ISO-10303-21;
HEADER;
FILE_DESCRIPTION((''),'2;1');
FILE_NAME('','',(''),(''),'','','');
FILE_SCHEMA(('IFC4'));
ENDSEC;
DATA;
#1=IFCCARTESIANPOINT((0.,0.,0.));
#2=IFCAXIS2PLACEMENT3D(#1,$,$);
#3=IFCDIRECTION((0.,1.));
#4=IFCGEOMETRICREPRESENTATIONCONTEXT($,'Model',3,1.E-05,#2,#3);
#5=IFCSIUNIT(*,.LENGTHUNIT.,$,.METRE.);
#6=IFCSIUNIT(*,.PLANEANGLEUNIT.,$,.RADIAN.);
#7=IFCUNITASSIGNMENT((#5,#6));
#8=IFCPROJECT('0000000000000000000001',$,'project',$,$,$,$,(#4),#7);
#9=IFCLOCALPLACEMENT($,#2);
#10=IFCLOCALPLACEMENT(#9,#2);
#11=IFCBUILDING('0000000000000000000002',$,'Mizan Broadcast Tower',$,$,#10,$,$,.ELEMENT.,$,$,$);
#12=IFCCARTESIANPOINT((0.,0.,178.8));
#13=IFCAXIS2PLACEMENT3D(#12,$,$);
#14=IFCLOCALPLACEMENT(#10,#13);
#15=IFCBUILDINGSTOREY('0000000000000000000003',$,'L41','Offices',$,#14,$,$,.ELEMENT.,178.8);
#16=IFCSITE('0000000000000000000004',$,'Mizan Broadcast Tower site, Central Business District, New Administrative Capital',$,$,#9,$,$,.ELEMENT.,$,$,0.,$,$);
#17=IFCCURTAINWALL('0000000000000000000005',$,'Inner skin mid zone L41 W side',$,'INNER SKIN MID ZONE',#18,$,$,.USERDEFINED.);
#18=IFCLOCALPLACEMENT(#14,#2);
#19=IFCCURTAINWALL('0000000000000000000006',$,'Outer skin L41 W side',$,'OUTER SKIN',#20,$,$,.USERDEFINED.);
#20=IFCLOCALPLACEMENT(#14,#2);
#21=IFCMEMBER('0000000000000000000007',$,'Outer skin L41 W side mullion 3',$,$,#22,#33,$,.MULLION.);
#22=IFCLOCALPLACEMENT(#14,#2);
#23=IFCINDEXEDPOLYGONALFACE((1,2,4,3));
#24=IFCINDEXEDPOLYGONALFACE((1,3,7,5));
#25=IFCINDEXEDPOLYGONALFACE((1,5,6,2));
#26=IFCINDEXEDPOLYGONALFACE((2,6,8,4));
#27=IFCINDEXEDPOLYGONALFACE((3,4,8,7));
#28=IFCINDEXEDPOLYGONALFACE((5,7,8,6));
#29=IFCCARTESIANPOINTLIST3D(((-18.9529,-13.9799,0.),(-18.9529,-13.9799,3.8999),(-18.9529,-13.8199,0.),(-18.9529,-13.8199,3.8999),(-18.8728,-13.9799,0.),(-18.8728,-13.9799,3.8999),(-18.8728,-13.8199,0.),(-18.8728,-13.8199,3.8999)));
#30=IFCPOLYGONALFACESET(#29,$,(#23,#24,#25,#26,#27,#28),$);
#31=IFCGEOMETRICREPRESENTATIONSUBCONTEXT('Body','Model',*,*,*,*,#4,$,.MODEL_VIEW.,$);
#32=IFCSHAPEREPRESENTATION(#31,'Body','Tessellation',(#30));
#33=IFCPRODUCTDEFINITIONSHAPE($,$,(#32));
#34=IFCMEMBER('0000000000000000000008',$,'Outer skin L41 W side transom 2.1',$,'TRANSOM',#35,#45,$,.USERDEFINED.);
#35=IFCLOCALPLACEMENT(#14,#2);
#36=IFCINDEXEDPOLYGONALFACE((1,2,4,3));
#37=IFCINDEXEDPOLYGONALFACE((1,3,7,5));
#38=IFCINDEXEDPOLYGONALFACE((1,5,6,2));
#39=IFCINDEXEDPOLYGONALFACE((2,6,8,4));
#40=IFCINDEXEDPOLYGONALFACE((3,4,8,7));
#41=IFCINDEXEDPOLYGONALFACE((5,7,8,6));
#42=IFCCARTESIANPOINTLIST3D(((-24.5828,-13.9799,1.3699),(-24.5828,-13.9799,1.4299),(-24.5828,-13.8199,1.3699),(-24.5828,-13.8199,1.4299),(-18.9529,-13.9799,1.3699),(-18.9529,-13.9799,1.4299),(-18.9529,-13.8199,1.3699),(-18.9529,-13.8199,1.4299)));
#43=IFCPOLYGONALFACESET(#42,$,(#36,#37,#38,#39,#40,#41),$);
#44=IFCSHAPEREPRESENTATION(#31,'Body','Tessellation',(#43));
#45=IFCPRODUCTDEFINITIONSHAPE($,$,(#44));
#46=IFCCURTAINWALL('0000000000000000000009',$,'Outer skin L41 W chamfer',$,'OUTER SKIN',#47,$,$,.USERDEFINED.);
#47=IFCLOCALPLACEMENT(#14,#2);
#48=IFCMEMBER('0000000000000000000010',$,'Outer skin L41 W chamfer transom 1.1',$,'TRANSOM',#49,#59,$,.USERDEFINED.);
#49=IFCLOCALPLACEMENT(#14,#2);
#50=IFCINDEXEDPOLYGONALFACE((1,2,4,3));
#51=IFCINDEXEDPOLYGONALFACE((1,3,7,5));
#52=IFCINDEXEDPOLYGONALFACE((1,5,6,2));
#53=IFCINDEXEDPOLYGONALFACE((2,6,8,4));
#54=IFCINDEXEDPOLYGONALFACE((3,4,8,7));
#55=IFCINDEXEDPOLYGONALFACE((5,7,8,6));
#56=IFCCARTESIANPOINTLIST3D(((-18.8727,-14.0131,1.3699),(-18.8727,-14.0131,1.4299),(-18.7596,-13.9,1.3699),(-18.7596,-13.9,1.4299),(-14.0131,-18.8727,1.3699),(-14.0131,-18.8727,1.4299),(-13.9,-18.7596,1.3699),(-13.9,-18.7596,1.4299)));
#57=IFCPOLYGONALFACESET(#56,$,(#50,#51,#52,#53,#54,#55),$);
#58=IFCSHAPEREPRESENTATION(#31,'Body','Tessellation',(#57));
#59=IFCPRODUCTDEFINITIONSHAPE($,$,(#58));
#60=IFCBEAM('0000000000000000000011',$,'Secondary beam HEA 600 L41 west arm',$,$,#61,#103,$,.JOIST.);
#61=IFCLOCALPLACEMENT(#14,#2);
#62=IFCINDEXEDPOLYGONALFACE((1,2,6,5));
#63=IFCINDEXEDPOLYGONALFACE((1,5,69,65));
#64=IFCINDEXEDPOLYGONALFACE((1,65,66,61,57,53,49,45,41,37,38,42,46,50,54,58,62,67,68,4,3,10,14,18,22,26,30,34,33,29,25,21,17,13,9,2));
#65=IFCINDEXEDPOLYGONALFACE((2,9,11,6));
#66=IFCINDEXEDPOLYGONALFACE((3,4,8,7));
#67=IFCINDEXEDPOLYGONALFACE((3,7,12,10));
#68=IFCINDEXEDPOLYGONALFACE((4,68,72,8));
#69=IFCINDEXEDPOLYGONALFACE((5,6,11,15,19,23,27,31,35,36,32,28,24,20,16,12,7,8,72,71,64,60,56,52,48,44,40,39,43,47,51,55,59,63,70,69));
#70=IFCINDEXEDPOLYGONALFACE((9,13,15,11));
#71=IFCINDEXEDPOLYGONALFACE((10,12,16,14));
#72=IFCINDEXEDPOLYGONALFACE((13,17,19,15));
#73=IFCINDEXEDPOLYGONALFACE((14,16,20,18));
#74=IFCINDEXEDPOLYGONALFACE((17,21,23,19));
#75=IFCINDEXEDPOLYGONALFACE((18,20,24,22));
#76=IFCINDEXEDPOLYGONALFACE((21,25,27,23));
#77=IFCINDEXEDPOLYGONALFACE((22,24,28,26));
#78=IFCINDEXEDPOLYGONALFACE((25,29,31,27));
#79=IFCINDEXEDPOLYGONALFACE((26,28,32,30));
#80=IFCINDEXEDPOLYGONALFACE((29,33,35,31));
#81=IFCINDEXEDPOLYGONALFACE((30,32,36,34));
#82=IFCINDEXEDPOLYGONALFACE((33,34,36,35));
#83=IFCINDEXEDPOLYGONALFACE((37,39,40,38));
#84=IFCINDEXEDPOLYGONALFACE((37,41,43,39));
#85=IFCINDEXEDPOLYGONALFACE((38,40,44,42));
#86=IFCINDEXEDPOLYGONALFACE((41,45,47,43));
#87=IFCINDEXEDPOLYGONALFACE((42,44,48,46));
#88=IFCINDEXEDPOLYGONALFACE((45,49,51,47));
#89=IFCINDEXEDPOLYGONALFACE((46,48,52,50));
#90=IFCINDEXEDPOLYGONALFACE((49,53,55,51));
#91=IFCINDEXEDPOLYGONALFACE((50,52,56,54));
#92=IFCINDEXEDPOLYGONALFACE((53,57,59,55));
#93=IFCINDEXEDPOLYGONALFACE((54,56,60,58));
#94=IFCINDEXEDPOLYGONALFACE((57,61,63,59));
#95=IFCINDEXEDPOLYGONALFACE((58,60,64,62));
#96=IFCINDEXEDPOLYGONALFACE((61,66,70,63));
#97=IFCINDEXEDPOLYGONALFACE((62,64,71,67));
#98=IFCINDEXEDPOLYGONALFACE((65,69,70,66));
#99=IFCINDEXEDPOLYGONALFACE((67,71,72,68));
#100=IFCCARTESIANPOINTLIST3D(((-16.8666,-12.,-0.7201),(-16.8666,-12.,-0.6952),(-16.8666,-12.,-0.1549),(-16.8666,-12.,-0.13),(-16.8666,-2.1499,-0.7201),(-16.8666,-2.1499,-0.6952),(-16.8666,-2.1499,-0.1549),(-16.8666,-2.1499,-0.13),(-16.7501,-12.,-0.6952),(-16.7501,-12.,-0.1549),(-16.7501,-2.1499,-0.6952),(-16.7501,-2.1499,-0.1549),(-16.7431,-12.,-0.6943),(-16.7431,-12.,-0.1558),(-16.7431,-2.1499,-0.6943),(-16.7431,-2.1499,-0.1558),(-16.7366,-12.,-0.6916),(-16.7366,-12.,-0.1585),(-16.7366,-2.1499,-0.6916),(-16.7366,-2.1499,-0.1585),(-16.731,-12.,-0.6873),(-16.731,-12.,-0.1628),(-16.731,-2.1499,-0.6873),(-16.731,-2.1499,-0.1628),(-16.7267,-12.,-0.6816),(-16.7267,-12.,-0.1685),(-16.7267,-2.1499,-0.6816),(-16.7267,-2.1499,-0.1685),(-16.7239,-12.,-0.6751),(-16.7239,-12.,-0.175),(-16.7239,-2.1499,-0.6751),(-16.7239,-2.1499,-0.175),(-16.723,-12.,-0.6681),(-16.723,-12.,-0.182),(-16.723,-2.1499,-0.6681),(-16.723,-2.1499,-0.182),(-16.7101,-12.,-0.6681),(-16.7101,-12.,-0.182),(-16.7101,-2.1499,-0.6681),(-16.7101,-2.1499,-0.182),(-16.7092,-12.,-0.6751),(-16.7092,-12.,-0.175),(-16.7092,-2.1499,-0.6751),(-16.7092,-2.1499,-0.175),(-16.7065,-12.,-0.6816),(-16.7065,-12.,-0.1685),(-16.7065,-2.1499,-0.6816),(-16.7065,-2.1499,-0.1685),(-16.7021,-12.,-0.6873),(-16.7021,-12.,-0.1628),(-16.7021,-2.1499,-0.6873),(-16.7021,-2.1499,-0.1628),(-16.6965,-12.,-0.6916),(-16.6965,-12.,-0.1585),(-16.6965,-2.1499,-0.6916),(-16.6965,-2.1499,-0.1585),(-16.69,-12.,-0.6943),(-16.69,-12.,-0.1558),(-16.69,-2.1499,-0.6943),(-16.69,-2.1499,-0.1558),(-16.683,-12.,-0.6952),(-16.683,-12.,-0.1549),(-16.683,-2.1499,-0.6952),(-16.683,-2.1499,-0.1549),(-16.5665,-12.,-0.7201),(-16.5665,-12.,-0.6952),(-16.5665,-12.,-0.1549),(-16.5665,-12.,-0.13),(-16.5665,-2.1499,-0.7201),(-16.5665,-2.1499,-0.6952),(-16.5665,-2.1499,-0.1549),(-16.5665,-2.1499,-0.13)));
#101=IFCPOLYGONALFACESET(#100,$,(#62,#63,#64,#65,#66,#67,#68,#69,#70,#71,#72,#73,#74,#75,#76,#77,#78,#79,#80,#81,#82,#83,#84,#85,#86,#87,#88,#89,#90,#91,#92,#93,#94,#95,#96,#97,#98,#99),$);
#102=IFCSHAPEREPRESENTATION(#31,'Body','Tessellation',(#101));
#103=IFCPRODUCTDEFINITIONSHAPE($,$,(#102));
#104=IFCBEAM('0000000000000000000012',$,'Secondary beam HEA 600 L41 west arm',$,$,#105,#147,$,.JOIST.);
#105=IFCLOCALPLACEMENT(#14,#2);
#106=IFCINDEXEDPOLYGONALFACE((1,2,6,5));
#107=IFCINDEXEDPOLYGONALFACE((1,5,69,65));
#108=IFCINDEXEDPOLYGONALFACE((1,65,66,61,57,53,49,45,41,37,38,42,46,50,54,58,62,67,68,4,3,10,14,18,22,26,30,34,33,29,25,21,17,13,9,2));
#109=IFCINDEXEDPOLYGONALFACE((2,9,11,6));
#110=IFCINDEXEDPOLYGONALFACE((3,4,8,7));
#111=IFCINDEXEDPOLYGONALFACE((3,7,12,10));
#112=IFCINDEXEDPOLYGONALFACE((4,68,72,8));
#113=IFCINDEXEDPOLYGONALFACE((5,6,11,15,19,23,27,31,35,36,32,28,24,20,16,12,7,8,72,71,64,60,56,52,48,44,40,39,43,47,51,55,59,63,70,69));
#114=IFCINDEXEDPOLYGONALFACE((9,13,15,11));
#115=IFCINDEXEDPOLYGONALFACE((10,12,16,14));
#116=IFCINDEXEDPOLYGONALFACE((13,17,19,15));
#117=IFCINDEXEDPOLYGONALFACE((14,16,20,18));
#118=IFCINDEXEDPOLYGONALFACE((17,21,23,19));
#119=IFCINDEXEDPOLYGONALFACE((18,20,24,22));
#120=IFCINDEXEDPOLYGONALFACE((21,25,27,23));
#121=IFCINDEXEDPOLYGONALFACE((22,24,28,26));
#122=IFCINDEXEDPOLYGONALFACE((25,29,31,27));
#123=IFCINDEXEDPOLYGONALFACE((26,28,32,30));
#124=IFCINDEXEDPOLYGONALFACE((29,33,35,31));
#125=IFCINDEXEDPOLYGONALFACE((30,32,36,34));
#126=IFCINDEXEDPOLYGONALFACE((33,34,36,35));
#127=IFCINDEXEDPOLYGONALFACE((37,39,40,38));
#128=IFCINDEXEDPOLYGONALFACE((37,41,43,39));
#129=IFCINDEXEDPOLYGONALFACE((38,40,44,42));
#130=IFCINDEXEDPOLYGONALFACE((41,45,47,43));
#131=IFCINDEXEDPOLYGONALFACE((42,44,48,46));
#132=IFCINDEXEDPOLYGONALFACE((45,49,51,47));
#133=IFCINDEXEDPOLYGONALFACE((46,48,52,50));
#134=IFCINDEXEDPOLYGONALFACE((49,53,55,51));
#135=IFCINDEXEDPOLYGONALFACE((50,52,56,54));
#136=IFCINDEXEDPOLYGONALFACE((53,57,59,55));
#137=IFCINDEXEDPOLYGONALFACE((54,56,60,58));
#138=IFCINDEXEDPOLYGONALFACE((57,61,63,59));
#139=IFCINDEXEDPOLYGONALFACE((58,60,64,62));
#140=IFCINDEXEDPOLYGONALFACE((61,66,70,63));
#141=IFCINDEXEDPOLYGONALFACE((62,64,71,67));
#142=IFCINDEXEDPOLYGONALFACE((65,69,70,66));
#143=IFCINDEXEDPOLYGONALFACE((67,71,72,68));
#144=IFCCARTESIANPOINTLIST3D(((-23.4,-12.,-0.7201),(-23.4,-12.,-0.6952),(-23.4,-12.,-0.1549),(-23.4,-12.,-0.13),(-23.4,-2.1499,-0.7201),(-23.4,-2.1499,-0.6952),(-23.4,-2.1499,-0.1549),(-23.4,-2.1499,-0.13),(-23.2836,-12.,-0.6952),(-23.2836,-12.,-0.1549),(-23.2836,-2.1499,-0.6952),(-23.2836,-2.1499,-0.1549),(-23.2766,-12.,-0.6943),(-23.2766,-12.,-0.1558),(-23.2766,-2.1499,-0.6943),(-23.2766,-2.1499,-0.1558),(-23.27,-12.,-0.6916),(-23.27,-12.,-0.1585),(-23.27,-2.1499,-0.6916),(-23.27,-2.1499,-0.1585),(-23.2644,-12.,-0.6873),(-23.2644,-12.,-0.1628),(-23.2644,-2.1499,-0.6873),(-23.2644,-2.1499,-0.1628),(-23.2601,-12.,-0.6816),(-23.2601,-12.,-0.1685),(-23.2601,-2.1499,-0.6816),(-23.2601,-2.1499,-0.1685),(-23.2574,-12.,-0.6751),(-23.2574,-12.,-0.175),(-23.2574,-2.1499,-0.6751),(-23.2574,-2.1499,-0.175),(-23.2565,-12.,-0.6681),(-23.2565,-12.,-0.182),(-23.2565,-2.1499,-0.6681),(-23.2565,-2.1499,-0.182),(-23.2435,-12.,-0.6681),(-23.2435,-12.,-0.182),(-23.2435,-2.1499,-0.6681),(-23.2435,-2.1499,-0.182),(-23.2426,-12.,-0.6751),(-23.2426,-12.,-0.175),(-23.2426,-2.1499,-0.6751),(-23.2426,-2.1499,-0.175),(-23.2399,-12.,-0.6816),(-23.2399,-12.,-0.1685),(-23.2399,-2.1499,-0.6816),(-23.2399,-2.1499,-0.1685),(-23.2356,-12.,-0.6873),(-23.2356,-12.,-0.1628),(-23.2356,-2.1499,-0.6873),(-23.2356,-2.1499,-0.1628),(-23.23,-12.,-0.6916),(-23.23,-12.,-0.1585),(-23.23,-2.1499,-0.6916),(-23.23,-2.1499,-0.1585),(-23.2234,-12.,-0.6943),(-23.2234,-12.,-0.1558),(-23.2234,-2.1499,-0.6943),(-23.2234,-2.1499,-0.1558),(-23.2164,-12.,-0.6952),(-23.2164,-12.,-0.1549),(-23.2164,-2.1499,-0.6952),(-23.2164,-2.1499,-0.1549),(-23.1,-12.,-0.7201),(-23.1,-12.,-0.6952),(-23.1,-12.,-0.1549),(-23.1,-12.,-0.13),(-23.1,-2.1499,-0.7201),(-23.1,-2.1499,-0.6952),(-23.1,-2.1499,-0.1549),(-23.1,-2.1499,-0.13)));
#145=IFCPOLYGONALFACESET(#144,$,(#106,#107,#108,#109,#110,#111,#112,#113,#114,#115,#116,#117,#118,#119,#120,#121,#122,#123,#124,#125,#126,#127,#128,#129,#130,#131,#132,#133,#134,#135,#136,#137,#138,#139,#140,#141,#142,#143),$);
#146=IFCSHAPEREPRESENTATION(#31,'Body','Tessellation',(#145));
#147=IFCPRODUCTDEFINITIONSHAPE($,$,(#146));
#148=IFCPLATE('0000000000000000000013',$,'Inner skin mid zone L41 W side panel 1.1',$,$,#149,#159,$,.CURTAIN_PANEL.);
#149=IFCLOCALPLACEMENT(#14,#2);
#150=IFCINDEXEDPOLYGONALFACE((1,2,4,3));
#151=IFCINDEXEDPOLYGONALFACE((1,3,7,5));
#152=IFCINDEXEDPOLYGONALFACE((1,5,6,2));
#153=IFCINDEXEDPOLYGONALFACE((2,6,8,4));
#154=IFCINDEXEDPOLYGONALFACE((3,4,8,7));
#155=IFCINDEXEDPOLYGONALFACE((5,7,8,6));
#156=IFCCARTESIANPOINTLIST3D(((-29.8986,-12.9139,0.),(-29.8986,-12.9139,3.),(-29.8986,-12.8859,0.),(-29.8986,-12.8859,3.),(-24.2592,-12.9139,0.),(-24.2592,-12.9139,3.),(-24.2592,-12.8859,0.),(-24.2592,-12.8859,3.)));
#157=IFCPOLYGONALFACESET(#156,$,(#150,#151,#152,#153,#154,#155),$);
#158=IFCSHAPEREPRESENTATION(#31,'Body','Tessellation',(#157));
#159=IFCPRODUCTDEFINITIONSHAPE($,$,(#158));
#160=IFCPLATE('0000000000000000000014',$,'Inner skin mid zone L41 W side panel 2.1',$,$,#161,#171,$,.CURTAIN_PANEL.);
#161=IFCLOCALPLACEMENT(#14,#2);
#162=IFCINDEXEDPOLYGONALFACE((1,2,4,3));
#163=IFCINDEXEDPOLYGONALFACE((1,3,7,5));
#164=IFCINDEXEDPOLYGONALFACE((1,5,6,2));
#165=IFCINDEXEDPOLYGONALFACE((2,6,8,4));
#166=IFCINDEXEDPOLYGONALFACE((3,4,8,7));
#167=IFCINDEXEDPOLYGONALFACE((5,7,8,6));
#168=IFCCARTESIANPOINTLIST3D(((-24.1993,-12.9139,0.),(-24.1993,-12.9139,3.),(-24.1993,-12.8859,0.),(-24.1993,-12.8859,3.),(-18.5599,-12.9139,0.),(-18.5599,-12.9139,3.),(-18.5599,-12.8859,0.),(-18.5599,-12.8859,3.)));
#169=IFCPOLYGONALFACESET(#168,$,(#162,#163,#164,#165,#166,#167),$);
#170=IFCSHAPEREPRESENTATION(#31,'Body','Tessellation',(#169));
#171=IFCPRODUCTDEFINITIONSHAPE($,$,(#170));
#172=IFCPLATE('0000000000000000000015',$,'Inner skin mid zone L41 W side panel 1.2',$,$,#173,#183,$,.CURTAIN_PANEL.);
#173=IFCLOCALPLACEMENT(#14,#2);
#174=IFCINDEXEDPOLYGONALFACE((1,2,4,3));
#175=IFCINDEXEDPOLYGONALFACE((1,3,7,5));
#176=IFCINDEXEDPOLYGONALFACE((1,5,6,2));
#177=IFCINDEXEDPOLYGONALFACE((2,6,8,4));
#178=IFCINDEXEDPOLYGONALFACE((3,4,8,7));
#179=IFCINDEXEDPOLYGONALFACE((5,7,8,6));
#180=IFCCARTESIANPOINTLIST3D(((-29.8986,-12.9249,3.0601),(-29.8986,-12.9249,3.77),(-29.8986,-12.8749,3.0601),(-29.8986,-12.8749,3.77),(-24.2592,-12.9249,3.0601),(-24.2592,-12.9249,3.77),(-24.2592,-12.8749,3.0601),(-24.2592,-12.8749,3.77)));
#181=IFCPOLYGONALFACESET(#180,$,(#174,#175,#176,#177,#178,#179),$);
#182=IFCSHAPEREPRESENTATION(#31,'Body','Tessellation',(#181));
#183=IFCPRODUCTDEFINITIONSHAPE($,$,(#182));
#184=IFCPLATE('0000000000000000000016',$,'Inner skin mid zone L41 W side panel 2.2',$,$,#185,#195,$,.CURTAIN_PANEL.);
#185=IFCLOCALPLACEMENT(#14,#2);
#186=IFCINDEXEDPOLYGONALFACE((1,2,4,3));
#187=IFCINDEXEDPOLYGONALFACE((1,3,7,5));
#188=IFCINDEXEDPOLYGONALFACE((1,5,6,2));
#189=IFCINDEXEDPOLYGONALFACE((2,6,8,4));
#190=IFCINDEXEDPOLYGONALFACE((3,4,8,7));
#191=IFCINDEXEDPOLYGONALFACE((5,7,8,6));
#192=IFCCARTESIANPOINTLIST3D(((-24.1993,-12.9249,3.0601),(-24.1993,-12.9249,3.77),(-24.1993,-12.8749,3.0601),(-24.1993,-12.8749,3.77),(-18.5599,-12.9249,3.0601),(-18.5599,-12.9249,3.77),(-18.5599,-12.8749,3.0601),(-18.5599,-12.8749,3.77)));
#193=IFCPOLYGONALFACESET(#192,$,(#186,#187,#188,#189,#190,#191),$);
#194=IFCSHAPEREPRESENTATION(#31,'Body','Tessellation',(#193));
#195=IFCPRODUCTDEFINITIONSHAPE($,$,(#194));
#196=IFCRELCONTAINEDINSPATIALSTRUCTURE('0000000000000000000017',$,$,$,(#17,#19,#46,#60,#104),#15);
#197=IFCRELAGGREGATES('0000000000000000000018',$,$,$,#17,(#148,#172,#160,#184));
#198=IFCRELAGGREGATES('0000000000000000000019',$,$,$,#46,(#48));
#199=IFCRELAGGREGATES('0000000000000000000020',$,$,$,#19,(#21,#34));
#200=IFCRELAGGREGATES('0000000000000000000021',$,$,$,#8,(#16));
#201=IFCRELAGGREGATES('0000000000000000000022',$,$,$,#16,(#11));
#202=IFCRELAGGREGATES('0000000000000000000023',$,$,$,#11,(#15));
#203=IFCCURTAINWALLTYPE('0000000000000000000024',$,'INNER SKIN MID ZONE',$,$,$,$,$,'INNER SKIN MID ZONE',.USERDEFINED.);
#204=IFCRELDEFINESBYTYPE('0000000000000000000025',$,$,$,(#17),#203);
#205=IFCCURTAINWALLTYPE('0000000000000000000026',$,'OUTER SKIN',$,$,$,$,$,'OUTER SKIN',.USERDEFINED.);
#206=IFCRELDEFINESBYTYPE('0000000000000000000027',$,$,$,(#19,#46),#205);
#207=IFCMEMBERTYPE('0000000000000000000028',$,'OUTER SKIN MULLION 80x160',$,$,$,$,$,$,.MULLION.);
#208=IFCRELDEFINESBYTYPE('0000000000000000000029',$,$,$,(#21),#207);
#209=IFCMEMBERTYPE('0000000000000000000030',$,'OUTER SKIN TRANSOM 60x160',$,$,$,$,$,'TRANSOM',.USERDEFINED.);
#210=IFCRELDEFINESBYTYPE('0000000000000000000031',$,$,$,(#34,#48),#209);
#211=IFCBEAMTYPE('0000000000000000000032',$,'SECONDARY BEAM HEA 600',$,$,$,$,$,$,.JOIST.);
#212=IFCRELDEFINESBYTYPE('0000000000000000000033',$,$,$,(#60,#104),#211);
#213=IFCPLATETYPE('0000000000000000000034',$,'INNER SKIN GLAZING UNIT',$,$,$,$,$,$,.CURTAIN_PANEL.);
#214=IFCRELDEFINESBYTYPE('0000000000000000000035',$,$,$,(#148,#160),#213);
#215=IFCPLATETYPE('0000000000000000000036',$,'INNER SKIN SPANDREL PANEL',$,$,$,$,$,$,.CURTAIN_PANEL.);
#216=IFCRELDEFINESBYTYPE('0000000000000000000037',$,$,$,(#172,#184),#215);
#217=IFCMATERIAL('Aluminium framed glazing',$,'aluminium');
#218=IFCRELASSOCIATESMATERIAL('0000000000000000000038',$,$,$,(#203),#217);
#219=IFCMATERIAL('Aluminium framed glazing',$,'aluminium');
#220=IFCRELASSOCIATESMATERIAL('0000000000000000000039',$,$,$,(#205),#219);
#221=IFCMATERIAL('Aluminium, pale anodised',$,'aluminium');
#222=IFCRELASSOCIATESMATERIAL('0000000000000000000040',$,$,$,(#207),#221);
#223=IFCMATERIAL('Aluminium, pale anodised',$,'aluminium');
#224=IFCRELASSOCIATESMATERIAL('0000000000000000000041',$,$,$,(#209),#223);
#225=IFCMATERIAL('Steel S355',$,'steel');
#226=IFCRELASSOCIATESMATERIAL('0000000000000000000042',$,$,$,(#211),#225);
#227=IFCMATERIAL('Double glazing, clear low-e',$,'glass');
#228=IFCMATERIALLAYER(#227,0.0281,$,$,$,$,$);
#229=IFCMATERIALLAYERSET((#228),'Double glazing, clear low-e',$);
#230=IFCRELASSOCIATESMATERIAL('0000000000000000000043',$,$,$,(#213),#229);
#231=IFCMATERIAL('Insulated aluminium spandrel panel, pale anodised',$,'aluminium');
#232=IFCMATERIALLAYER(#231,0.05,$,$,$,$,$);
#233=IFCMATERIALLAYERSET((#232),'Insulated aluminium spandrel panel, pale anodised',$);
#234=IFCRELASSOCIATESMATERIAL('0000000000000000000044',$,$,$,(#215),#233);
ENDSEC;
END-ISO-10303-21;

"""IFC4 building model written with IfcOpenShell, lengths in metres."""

from ifc_helpers import new_model, si_unit, direction, frame, origin, origin_2d, place, context, subcontext, project, spatial, rectangle, i_section, extrude, material, layer, layer_set, material_profile, profile_set, type_object, element, aggregate, save


model = new_model("IFC4")

# Units and contexts
model_context = context("Model", 3, precision=1e-05, world=origin(), true_north=direction((0.0, 1.0)))
body_context = subcontext(model_context, "Body", "Model", "MODEL_VIEW")
ifc_project = project(units=[si_unit("LENGTHUNIT", "METRE"), si_unit("PLANEANGLEUNIT", "RADIAN")], contexts=[model_context])

# Site, building, storey
site_placement = place(None, origin())
site = spatial("IfcSite", under=ifc_project, at=site_placement, Name="Mizan Broadcast Tower site, Central Business District, New Administrative Capital", CompositionType="ELEMENT", RefElevation=0.0)
building_placement = place(site_placement, origin())
building = spatial("IfcBuilding", under=site, at=building_placement, Name="Mizan Broadcast Tower", CompositionType="ELEMENT")
storey_placement = place(building_placement, frame((0.0, 0.0, 178.8)))
storey = spatial("IfcBuildingStorey", under=building, at=storey_placement, Name="L41", Description="Offices", CompositionType="ELEMENT", Elevation=178.8)

# Curtain walls, members
ifc_material_1 = material(Name="Aluminium framed glazing", Category="aluminium")
curtain_wall_type_1 = type_object("IfcCurtainWallType", Name="INNER SKIN MID ZONE", ElementType="INNER SKIN MID ZONE", PredefinedType="USERDEFINED", material=ifc_material_1)
curtain_wall_1_placement = place(storey_placement, origin())
curtain_wall_1 = element("IfcCurtainWall", 1, at=curtain_wall_1_placement, inside=storey, type_object=curtain_wall_type_1, Name="Inner skin mid zone L41 W side", ObjectType="INNER SKIN MID ZONE", PredefinedType="USERDEFINED")
ifc_material_2 = material(Name="Aluminium framed glazing", Category="aluminium")
curtain_wall_type_2 = type_object("IfcCurtainWallType", Name="OUTER SKIN", ElementType="OUTER SKIN", PredefinedType="USERDEFINED", material=ifc_material_2)
curtain_wall_2_placement = place(storey_placement, origin())
curtain_wall_2 = element("IfcCurtainWall", 2, at=curtain_wall_2_placement, inside=storey, type_object=curtain_wall_type_2, Name="Outer skin L41 W side", ObjectType="OUTER SKIN", PredefinedType="USERDEFINED")
ifc_material_3 = material(Name="Aluminium, pale anodised", Category="aluminium")
ifc_material_profile_1 = material_profile(ifc_material_3, rectangle(XDim=0.1599, YDim=0.0801, at=origin_2d()), Name="MULLION 160x80")
ifc_profile_set_1 = profile_set([ifc_material_profile_1], Name="Aluminium, pale anodised")
member_type_1 = type_object("IfcMemberType", Name="OUTER SKIN MULLION 80x160", PredefinedType="MULLION", material=ifc_profile_set_1)
member_1_placement = place(storey_placement, frame((-18.9128, -13.8999, 0.0), z_axis=(0.0, 0.0, 1.0), x_axis=(0.0, 1.0, 0.0)))
member_1 = element("IfcMember", 3, at=member_1_placement, type_object=member_type_1, Name="Outer skin L41 W side mullion 3", PredefinedType="MULLION", context=body_context, shape_type="SweptSolid", body=[
    extrude(rectangle(XDim=0.1599, YDim=0.0801, at=origin_2d()), origin(), (0.0, 0.0, 1.0), 3.8999),
])
ifc_material_4 = material(Name="Aluminium, pale anodised", Category="aluminium")
ifc_material_profile_2 = material_profile(ifc_material_4, rectangle(XDim=0.1599, YDim=0.0601, at=origin_2d()), Name="TRANSOM 160x60")
ifc_profile_set_2 = profile_set([ifc_material_profile_2], Name="Aluminium, pale anodised")
member_type_2 = type_object("IfcMemberType", Name="OUTER SKIN TRANSOM 60x160", ElementType="TRANSOM", PredefinedType="USERDEFINED", material=ifc_profile_set_2)
member_2_placement = place(storey_placement, frame((-24.5828, -13.8999, 1.3999), z_axis=(1.0, 0.0, 0.0), x_axis=(0.0, 1.0, 0.0)))
member_2 = element("IfcMember", 4, at=member_2_placement, type_object=member_type_2, Name="Outer skin L41 W side transom 2.1", ObjectType="TRANSOM", PredefinedType="USERDEFINED", context=body_context, shape_type="SweptSolid", body=[
    extrude(rectangle(XDim=0.1599, YDim=0.0601, at=origin_2d()), origin(), (0.0, 0.0, 1.0), 5.6299),
])

# Curtain wall, member
curtain_wall_3_placement = place(storey_placement, origin())
curtain_wall_3 = element("IfcCurtainWall", 5, at=curtain_wall_3_placement, inside=storey, type_object=curtain_wall_type_2, Name="Outer skin L41 W chamfer", ObjectType="OUTER SKIN", PredefinedType="USERDEFINED")
member_3_placement = place(storey_placement, frame((-18.8162, -13.9565, 1.3999), z_axis=(0.707107, -0.707107, 0.0), x_axis=(0.707107, 0.707107, 0.0)))
member_3 = element("IfcMember", 6, at=member_3_placement, type_object=member_type_2, Name="Outer skin L41 W chamfer transom 1.1", ObjectType="TRANSOM", PredefinedType="USERDEFINED", context=body_context, shape_type="SweptSolid", body=[
    extrude(rectangle(XDim=0.1599, YDim=0.0601, at=origin_2d()), origin(), (0.0, 0.0, 1.0), 6.8726),
])

# Beams
ifc_material_5 = material(Name="Steel S355", Category="steel")
ifc_material_profile_3 = material_profile(ifc_material_5, i_section(OverallWidth=0.3, OverallDepth=0.5901, WebThickness=0.0129, FlangeThickness=0.0249, FilletRadius=0.0271, at=origin_2d()), Name="HEA 600")
ifc_profile_set_3 = profile_set([ifc_material_profile_3], Name="Steel S355")
beam_type_1 = type_object("IfcBeamType", Name="SECONDARY BEAM HEA 600", PredefinedType="JOIST", material=ifc_profile_set_3)
for number, where, z_axis, x_axis, name in (
    (7, (-16.7166, -12.0, -0.425), (0.0, 1.0, 0.0), (-1.0, 0.0, 0.0), "Secondary beam HEA 600 L41 west arm"),
    (8, (-23.25, -12.0, -0.425), (0.0, 1.0, 0.0), (-1.0, 0.0, 0.0), "Secondary beam HEA 600 L41 west arm"),
):
    element("IfcBeam", number, at=place(storey_placement, frame(where, z_axis=z_axis, x_axis=x_axis)), inside=storey, type_object=beam_type_1, Name=name, PredefinedType="JOIST", context=body_context, shape_type="SweptSolid", body=[
        extrude(i_section(OverallWidth=0.3, OverallDepth=0.5901, WebThickness=0.0129, FlangeThickness=0.0249, FilletRadius=0.0271, at=origin_2d()), origin(), (0.0, 0.0, 1.0), 9.8501),
    ])

# Plates
ifc_material_6 = material(Name="Double glazing, clear low-e", Category="glass")
ifc_layer_1 = layer(ifc_material_6, 0.0281)
ifc_layer_set_1 = layer_set([ifc_layer_1], Name="Double glazing, clear low-e")
plate_type_1 = type_object("IfcPlateType", Name="INNER SKIN GLAZING UNIT", PredefinedType="CURTAIN_PANEL", material=ifc_layer_set_1)
plate_1_placement = place(storey_placement, frame((-27.0789, -12.8999, 0.0), z_axis=(0.0, 0.0, 1.0), x_axis=(1.0, 0.0, 0.0)))
plate_1 = element("IfcPlate", 9, at=plate_1_placement, type_object=plate_type_1, Name="Inner skin mid zone L41 W side panel 1.1", PredefinedType="CURTAIN_PANEL", context=body_context, shape_type="SweptSolid", body=[
    extrude(rectangle(XDim=5.6394, YDim=0.0281, at=origin_2d()), origin(), (0.0, 0.0, 1.0), 3.0),
])
plate_2_placement = place(storey_placement, frame((-21.3796, -12.8999, 0.0), z_axis=(0.0, 0.0, 1.0), x_axis=(1.0, 0.0, 0.0)))
plate_2 = element("IfcPlate", 10, at=plate_2_placement, type_object=plate_type_1, Name="Inner skin mid zone L41 W side panel 2.1", PredefinedType="CURTAIN_PANEL", context=body_context, shape_type="SweptSolid", body=[
    extrude(rectangle(XDim=5.6394, YDim=0.0281, at=origin_2d()), origin(), (0.0, 0.0, 1.0), 3.0),
])
ifc_material_7 = material(Name="Insulated aluminium spandrel panel, pale anodised", Category="aluminium")
ifc_layer_2 = layer(ifc_material_7, 0.05)
ifc_layer_set_2 = layer_set([ifc_layer_2], Name="Insulated aluminium spandrel panel, pale anodised")
plate_type_2 = type_object("IfcPlateType", Name="INNER SKIN SPANDREL PANEL", PredefinedType="CURTAIN_PANEL", material=ifc_layer_set_2)
plate_3_placement = place(storey_placement, frame((-27.0789, -12.8999, 3.0601), z_axis=(0.0, 0.0, 1.0), x_axis=(1.0, 0.0, 0.0)))
plate_3 = element("IfcPlate", 11, at=plate_3_placement, type_object=plate_type_2, Name="Inner skin mid zone L41 W side panel 1.2", PredefinedType="CURTAIN_PANEL", context=body_context, shape_type="SweptSolid", body=[
    extrude(rectangle(XDim=5.6394, YDim=0.05, at=origin_2d()), origin(), (0.0, 0.0, 1.0), 0.71),
])
plate_4_placement = place(storey_placement, frame((-21.3796, -12.8999, 3.0601), z_axis=(0.0, 0.0, 1.0), x_axis=(1.0, 0.0, 0.0)))
plate_4 = element("IfcPlate", 12, at=plate_4_placement, type_object=plate_type_2, Name="Inner skin mid zone L41 W side panel 2.2", PredefinedType="CURTAIN_PANEL", context=body_context, shape_type="SweptSolid", body=[
    extrude(rectangle(XDim=5.6394, YDim=0.05, at=origin_2d()), origin(), (0.0, 0.0, 1.0), 0.71),
])
aggregate(curtain_wall_1, [plate_1, plate_3, plate_2, plate_4])
aggregate(curtain_wall_3, [member_3])
aggregate(curtain_wall_2, [member_1, member_2])

save(model, "model.ifc")
